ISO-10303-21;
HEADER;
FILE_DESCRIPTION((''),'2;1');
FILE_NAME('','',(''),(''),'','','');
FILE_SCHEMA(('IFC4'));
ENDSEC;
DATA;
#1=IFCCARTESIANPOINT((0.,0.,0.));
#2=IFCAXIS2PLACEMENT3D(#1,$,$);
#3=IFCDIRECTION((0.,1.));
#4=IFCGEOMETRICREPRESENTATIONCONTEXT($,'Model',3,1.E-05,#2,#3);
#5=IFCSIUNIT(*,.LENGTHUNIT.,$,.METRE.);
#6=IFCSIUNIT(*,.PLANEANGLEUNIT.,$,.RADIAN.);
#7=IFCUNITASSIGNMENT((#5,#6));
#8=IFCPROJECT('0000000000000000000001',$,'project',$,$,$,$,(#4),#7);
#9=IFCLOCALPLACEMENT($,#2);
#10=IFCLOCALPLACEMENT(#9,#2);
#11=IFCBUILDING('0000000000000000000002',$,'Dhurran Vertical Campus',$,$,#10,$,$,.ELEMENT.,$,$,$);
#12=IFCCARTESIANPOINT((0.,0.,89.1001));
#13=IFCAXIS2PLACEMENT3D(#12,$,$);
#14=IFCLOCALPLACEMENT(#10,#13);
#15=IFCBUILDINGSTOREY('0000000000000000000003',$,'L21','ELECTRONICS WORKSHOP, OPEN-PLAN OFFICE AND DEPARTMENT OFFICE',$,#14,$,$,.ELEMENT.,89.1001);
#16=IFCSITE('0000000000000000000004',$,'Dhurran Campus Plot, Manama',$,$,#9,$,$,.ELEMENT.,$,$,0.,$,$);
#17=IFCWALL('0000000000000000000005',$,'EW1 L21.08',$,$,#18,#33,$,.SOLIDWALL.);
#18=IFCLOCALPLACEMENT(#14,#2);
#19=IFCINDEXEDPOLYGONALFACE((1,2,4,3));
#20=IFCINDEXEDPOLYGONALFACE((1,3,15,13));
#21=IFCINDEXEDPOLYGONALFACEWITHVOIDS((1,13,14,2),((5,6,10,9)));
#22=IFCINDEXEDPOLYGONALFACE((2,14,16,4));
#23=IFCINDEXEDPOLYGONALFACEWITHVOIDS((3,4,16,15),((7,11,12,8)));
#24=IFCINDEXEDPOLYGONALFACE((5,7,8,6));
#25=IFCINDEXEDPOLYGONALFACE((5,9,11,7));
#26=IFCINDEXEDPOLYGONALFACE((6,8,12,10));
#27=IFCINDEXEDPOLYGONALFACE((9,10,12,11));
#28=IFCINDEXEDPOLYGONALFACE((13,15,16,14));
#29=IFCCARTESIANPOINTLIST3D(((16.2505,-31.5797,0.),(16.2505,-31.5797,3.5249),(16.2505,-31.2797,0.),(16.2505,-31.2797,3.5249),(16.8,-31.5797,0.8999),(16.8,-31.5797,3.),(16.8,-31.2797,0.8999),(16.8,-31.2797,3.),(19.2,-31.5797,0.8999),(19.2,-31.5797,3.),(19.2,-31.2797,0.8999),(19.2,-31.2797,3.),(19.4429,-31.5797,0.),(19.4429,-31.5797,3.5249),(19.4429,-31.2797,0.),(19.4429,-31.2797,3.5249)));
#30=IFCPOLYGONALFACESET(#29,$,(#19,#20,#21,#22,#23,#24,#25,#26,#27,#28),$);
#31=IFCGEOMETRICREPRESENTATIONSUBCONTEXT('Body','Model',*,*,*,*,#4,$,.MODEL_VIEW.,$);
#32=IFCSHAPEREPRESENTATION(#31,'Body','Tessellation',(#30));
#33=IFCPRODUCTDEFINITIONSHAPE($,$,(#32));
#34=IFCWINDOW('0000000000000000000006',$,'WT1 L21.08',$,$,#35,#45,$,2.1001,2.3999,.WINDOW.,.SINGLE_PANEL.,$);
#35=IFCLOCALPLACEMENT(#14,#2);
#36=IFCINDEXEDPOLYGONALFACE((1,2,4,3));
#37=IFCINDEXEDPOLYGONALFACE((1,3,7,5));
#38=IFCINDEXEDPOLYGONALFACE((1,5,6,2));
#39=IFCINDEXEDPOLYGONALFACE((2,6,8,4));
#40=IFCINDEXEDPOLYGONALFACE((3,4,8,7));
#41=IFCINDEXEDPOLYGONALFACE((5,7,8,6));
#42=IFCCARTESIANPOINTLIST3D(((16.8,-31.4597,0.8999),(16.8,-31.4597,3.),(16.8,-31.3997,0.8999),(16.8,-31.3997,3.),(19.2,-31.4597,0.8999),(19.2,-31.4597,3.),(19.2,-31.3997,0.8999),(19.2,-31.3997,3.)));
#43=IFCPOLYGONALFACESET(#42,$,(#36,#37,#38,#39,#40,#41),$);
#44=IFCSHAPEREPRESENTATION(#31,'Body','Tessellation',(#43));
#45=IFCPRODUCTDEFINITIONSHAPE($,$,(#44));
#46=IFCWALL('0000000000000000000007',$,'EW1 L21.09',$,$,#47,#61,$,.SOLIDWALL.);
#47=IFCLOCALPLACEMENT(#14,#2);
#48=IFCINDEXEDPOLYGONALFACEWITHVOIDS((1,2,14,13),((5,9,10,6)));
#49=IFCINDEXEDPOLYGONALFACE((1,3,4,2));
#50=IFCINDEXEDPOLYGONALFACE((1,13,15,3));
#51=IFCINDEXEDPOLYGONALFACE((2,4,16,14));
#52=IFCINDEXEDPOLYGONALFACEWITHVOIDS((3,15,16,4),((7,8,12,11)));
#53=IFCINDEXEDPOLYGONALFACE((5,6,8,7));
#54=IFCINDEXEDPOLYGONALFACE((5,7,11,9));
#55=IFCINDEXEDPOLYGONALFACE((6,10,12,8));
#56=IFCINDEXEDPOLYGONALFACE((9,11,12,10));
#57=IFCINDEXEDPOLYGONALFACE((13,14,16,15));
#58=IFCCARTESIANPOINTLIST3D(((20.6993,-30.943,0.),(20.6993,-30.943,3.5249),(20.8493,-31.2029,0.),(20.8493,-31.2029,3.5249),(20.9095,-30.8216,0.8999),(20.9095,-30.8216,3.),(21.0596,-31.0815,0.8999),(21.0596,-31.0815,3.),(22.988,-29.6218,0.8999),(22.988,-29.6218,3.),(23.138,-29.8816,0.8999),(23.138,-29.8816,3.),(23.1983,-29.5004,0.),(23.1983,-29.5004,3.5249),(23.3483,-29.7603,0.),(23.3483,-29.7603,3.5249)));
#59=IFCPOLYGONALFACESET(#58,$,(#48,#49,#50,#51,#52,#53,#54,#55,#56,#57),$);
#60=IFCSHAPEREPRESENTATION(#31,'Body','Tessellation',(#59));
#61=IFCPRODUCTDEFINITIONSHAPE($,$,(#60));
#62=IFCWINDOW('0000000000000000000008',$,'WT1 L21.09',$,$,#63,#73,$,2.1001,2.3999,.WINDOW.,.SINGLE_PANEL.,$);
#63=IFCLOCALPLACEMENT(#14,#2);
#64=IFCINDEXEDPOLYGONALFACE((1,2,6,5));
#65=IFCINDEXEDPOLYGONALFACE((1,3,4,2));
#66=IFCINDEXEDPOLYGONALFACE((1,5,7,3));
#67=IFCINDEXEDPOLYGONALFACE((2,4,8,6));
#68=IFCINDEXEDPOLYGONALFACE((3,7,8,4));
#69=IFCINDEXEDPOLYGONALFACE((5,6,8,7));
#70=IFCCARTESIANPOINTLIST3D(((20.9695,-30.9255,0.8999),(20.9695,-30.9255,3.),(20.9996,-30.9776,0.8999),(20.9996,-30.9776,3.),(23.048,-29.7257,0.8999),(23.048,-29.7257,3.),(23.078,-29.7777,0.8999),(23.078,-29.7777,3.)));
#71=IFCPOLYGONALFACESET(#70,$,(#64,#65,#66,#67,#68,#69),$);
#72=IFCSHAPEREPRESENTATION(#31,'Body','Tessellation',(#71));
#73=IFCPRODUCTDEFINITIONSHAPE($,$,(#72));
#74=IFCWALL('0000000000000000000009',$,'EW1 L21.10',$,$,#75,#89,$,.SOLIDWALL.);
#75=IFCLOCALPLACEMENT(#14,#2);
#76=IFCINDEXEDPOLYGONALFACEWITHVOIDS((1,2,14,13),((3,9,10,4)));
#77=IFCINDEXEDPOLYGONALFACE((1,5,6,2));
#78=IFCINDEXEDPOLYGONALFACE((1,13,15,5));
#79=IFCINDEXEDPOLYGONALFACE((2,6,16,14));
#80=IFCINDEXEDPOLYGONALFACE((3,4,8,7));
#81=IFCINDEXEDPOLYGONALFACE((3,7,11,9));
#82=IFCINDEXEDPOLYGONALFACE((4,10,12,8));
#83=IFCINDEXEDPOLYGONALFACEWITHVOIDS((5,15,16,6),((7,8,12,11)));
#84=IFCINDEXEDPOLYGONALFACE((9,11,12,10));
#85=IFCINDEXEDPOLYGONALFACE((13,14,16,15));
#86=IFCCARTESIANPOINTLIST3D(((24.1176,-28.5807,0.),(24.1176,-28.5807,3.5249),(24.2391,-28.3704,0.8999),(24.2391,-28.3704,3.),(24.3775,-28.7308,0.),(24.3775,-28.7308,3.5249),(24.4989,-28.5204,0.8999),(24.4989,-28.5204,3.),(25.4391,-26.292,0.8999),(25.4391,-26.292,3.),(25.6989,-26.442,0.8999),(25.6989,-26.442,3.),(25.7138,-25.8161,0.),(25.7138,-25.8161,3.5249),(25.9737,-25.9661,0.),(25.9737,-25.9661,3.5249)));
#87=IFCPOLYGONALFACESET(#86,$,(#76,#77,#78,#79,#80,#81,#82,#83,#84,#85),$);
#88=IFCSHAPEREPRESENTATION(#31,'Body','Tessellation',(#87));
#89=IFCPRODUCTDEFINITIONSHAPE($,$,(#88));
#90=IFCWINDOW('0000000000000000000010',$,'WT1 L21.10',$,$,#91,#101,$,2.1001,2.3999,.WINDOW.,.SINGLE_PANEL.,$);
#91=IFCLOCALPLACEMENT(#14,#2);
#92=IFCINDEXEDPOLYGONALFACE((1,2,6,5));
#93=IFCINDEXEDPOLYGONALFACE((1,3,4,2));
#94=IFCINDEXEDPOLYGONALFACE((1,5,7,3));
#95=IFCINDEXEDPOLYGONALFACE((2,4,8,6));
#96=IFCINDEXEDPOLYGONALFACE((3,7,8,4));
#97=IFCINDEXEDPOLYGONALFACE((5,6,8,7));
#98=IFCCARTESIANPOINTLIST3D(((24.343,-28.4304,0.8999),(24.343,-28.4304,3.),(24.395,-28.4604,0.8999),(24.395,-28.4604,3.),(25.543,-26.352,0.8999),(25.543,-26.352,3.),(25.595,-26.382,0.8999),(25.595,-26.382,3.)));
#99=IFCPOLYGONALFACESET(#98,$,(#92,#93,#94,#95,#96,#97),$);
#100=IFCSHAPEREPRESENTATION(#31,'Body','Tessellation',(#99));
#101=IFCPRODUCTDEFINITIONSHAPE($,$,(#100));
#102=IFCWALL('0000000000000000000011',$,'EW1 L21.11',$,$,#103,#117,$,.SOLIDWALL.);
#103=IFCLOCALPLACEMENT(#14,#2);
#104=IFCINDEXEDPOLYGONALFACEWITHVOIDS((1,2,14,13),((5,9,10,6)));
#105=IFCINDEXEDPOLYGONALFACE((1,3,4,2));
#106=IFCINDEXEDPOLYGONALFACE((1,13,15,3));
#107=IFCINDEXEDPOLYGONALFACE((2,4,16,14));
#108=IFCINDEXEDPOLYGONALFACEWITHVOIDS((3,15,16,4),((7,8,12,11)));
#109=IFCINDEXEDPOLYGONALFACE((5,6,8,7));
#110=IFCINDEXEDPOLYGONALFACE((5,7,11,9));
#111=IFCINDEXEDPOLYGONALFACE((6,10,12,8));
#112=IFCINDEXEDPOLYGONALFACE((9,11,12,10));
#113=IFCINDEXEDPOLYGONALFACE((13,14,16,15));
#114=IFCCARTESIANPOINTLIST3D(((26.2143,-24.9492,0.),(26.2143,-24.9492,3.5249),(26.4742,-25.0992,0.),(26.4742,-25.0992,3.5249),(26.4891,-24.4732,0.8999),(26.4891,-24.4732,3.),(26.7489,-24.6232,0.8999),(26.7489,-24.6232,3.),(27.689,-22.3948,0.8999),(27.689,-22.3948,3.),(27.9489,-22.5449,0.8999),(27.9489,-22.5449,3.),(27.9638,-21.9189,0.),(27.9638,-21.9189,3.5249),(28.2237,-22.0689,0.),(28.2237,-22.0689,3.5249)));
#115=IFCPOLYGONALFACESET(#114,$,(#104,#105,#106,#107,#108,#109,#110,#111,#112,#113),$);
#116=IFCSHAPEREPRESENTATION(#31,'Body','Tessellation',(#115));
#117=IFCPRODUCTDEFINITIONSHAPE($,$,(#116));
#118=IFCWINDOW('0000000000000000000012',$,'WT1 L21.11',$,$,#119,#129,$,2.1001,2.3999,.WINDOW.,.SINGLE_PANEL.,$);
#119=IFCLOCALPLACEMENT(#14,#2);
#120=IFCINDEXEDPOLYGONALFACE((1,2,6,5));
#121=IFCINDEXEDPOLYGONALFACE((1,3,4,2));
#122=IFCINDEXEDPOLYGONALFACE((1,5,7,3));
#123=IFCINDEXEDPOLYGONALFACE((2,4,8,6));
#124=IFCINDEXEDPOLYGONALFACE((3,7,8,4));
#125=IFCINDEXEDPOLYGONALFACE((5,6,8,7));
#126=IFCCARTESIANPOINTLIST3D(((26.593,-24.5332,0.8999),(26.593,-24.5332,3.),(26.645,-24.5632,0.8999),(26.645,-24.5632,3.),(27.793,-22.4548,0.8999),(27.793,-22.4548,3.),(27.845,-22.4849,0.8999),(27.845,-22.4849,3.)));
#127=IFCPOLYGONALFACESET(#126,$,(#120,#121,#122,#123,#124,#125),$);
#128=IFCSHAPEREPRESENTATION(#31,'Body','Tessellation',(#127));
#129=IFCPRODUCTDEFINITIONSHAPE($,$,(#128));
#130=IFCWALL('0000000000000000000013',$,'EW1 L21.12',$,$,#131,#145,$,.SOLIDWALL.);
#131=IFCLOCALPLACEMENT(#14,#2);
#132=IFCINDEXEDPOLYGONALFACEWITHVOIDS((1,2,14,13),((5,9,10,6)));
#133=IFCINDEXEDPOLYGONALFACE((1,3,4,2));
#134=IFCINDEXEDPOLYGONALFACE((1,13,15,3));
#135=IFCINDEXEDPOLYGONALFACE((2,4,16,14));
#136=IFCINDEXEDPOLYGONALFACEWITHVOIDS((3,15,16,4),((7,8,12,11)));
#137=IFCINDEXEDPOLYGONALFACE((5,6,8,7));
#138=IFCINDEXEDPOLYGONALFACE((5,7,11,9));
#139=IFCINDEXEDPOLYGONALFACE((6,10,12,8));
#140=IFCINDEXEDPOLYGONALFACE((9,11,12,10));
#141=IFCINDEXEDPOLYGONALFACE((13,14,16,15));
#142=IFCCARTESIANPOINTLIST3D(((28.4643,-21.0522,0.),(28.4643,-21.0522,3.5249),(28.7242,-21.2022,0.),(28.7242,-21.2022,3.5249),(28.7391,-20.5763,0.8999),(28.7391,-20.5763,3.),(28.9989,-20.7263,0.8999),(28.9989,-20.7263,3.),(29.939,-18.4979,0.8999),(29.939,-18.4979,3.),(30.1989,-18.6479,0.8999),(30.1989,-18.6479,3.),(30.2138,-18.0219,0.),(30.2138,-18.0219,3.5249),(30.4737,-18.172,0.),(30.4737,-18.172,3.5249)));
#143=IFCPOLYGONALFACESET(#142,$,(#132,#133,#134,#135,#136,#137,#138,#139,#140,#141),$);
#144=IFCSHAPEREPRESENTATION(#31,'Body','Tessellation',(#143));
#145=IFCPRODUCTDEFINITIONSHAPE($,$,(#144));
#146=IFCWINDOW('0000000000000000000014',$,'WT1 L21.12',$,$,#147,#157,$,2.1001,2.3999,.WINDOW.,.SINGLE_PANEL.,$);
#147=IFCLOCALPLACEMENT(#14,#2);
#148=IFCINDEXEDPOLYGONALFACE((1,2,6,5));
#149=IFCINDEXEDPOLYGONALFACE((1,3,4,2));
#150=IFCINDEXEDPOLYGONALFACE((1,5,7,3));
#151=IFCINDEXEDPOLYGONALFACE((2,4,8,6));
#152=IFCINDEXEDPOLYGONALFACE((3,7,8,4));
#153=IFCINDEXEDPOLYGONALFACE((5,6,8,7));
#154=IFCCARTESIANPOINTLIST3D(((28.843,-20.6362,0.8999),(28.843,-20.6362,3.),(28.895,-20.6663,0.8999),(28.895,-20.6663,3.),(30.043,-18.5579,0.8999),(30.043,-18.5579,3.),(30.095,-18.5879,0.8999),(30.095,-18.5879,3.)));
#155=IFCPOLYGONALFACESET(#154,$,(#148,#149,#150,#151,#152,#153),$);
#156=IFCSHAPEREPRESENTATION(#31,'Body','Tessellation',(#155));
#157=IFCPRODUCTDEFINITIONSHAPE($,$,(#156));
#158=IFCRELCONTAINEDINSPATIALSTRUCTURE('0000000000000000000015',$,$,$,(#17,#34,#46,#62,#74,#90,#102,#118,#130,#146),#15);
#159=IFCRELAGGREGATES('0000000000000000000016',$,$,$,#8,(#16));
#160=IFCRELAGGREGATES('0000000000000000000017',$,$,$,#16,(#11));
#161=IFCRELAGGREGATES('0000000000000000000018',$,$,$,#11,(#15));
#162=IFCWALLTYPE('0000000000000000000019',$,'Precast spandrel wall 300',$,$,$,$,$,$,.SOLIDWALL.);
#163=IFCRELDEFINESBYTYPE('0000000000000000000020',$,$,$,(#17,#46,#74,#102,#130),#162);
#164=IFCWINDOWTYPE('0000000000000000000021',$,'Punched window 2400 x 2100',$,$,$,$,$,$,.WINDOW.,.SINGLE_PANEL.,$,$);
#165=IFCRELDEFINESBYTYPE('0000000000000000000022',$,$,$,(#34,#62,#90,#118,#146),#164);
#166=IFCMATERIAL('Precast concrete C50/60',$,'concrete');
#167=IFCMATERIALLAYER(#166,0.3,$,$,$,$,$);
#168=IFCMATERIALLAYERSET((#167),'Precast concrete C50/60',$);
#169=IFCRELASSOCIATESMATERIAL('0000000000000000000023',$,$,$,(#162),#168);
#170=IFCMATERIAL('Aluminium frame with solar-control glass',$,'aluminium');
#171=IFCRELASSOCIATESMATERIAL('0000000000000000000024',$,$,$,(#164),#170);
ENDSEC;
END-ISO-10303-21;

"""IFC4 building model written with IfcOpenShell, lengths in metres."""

from ifc_helpers import new_model, si_unit, direction, frame, frame_2d, origin, place, context, subcontext, project, spatial, rectangle, extrude, material, layer, layer_set, type_object, element, fill, save


model = new_model("IFC4")

# Units and contexts
model_context = context("Model", 3, precision=1e-05, world=origin(), true_north=direction((0.0, 1.0)))
body_context = subcontext(model_context, "Body", "Model", "MODEL_VIEW")
ifc_project = project(units=[si_unit("LENGTHUNIT", "METRE"), si_unit("PLANEANGLEUNIT", "RADIAN")], contexts=[model_context])

# Site, building, storey
site_placement = place(None, origin())
site = spatial("IfcSite", under=ifc_project, at=site_placement, Name="Dhurran Campus Plot, Manama", CompositionType="ELEMENT", RefElevation=0.0)
building_placement = place(site_placement, origin())
building = spatial("IfcBuilding", under=site, at=building_placement, Name="Dhurran Vertical Campus", CompositionType="ELEMENT")
storey_placement = place(building_placement, frame((0.0, 0.0, 89.1001)))
storey = spatial("IfcBuildingStorey", under=building, at=storey_placement, Name="L21", Description="ELECTRONICS WORKSHOP, OPEN-PLAN OFFICE AND DEPARTMENT OFFICE", CompositionType="ELEMENT", Elevation=89.1001)

# Walls, openings, windows
ifc_material_1 = material(Name="Precast concrete C50/60", Category="concrete")
ifc_layer_1 = layer(ifc_material_1, 0.3)
ifc_layer_set_1 = layer_set([ifc_layer_1], Name="Precast concrete C50/60")
wall_type_1 = type_object("IfcWallType", Name="Precast spandrel wall 300", PredefinedType="SOLIDWALL", material=ifc_layer_set_1)
wall_1_placement = place(storey_placement, frame((16.2505, -31.4297, 0.0), z_axis=(0.0, 0.0, 1.0), x_axis=(1.0, 0.0, 0.0)))
wall_1 = element("IfcWall", 1, at=wall_1_placement, inside=storey, type_object=wall_type_1, Name="EW1 L21.08", PredefinedType="SOLIDWALL", context=body_context, shape_type="SweptSolid", body=[
    extrude(rectangle(XDim=3.1924, YDim=0.3, at=frame_2d((1.5962, 0.0))), origin(), (0.0, 0.0, 1.0), 3.5249),
])
opening_1_placement = place(wall_1_placement, frame((0.5496, 0.0, 0.8999)))
opening_1 = element("IfcOpeningElement", 2, at=opening_1_placement, cuts=wall_1, PredefinedType="OPENING", context=body_context, shape_type="SweptSolid", body=[
    extrude(rectangle(XDim=2.3999, YDim=2.1001, at=frame_2d((1.2, 1.05))), frame((0.0, 0.1599, 0.0), z_axis=(0.0, -1.0, 0.0), x_axis=(1.0, 0.0, 0.0)), (0.0, 0.0, 1.0), 0.3201),
])
ifc_material_2 = material(Name="Aluminium frame with solar-control glass", Category="aluminium")
window_type = type_object("IfcWindowType", Name="Punched window 2400 x 2100", PartitioningType="SINGLE_PANEL", PredefinedType="WINDOW", material=ifc_material_2)
window_1_placement = place(opening_1_placement, origin())
window_1 = element("IfcWindow", 3, at=window_1_placement, inside=storey, type_object=window_type, Name="WT1 L21.08", OverallHeight=2.1001, OverallWidth=2.3999, PartitioningType="SINGLE_PANEL", PredefinedType="WINDOW", context=body_context, shape_type="SweptSolid", body=[
    extrude(rectangle(XDim=2.3999, YDim=2.1001, at=frame_2d((1.2, 1.05))), frame((0.0, 0.03, 0.0), z_axis=(0.0, -1.0, 0.0), x_axis=(1.0, 0.0, 0.0)), (0.0, 0.0, 1.0), 0.0601),
])
fill(opening_1, window_1)
wall_2_placement = place(storey_placement, frame((20.7742, -31.073, 0.0), z_axis=(0.0, 0.0, 1.0), x_axis=(0.866053, 0.499952, 0.0)))
wall_2 = element("IfcWall", 4, at=wall_2_placement, inside=storey, type_object=wall_type_1, Name="EW1 L21.09", PredefinedType="SOLIDWALL", context=body_context, shape_type="SweptSolid", body=[
    extrude(rectangle(XDim=2.8855, YDim=0.3, at=frame_2d((1.4429, 0.0))), origin(), (0.0, 0.0, 1.0), 3.5249),
])
opening_2_placement = place(wall_2_placement, frame((0.2429, 0.0, 0.8999)))
opening_2 = element("IfcOpeningElement", 5, at=opening_2_placement, cuts=wall_2, PredefinedType="OPENING", context=body_context, shape_type="SweptSolid", body=[
    extrude(rectangle(XDim=2.3999, YDim=2.1001, at=frame_2d((1.2, 1.05))), frame((0.0, 0.1599, 0.0), z_axis=(0.0, -1.0, 0.0), x_axis=(1.0, 0.0, 0.0)), (0.0, 0.0, 1.0), 0.3201),
])
window_2_placement = place(opening_2_placement, origin())
window_2 = element("IfcWindow", 6, at=window_2_placement, inside=storey, type_object=window_type, Name="WT1 L21.09", OverallHeight=2.1001, OverallWidth=2.3999, PartitioningType="SINGLE_PANEL", PredefinedType="WINDOW", context=body_context, shape_type="SweptSolid", body=[
    extrude(rectangle(XDim=2.3999, YDim=2.1001, at=frame_2d((1.2, 1.05))), frame((0.0, 0.03, 0.0), z_axis=(0.0, -1.0, 0.0), x_axis=(1.0, 0.0, 0.0)), (0.0, 0.0, 1.0), 0.0601),
])
fill(opening_2, window_2)
wall_3_placement = place(storey_placement, frame((24.2476, -28.6558, 0.0), z_axis=(0.0, 0.0, 1.0), x_axis=(0.500005, 0.866023, 0.0)))
wall_3 = element("IfcWall", 7, at=wall_3_placement, inside=storey, type_object=wall_type_1, Name="EW1 L21.10", PredefinedType="SOLIDWALL", context=body_context, shape_type="SweptSolid", body=[
    extrude(rectangle(XDim=3.1924, YDim=0.3, at=frame_2d((1.5962, 0.0))), origin(), (0.0, 0.0, 1.0), 3.5249),
])
opening_3_placement = place(wall_3_placement, frame((0.2429, 0.0, 0.8999)))
opening_3 = element("IfcOpeningElement", 8, at=opening_3_placement, cuts=wall_3, PredefinedType="OPENING", context=body_context, shape_type="SweptSolid", body=[
    extrude(rectangle(XDim=2.3999, YDim=2.1001, at=frame_2d((1.2, 1.05))), frame((0.0, 0.1599, 0.0), z_axis=(0.0, -1.0, 0.0), x_axis=(1.0, 0.0, 0.0)), (0.0, 0.0, 1.0), 0.3201),
])
window_3_placement = place(opening_3_placement, origin())
window_3 = element("IfcWindow", 9, at=window_3_placement, inside=storey, type_object=window_type, Name="WT1 L21.10", OverallHeight=2.1001, OverallWidth=2.3999, PartitioningType="SINGLE_PANEL", PredefinedType="WINDOW", context=body_context, shape_type="SweptSolid", body=[
    extrude(rectangle(XDim=2.3999, YDim=2.1001, at=frame_2d((1.2, 1.05))), frame((0.0, 0.03, 0.0), z_axis=(0.0, -1.0, 0.0), x_axis=(1.0, 0.0, 0.0)), (0.0, 0.0, 1.0), 0.0601),
])
fill(opening_3, window_3)
wall_4_placement = place(storey_placement, frame((26.3442, -25.0242, 0.0), z_axis=(0.0, 0.0, 1.0), x_axis=(0.499996, 0.866028, 0.0)))
wall_4 = element("IfcWall", 10, at=wall_4_placement, inside=storey, type_object=wall_type_1, Name="EW1 L21.11", PredefinedType="SOLIDWALL", context=body_context, shape_type="SweptSolid", body=[
    extrude(rectangle(XDim=3.499, YDim=0.3, at=frame_2d((1.7495, 0.0))), origin(), (0.0, 0.0, 1.0), 3.5249),
])
opening_4_placement = place(wall_4_placement, frame((0.5496, 0.0, 0.8999)))
opening_4 = element("IfcOpeningElement", 11, at=opening_4_placement, cuts=wall_4, PredefinedType="OPENING", context=body_context, shape_type="SweptSolid", body=[
    extrude(rectangle(XDim=2.3999, YDim=2.1001, at=frame_2d((1.2, 1.05))), frame((0.0, 0.1599, 0.0), z_axis=(0.0, -1.0, 0.0), x_axis=(1.0, 0.0, 0.0)), (0.0, 0.0, 1.0), 0.3201),
])
window_4_placement = place(opening_4_placement, origin())
window_4 = element("IfcWindow", 12, at=window_4_placement, inside=storey, type_object=window_type, Name="WT1 L21.11", OverallHeight=2.1001, OverallWidth=2.3999, PartitioningType="SINGLE_PANEL", PredefinedType="WINDOW", context=body_context, shape_type="SweptSolid", body=[
    extrude(rectangle(XDim=2.3999, YDim=2.1001, at=frame_2d((1.2, 1.05))), frame((0.0, 0.03, 0.0), z_axis=(0.0, -1.0, 0.0), x_axis=(1.0, 0.0, 0.0)), (0.0, 0.0, 1.0), 0.0601),
])
fill(opening_4, window_4)
wall_5_placement = place(storey_placement, frame((28.5942, -21.1272, 0.0), z_axis=(0.0, 0.0, 1.0), x_axis=(0.499996, 0.866028, 0.0)))
wall_5 = element("IfcWall", 13, at=wall_5_placement, inside=storey, type_object=wall_type_1, Name="EW1 L21.12", PredefinedType="SOLIDWALL", context=body_context, shape_type="SweptSolid", body=[
    extrude(rectangle(XDim=3.499, YDim=0.3, at=frame_2d((1.7495, 0.0))), origin(), (0.0, 0.0, 1.0), 3.5249),
])
opening_5_placement = place(wall_5_placement, frame((0.5496, 0.0, 0.8999)))
opening_5 = element("IfcOpeningElement", 14, at=opening_5_placement, cuts=wall_5, PredefinedType="OPENING", context=body_context, shape_type="SweptSolid", body=[
    extrude(rectangle(XDim=2.3999, YDim=2.1001, at=frame_2d((1.2, 1.05))), frame((0.0, 0.1599, 0.0), z_axis=(0.0, -1.0, 0.0), x_axis=(1.0, 0.0, 0.0)), (0.0, 0.0, 1.0), 0.3201),
])
window_5_placement = place(opening_5_placement, origin())
window_5 = element("IfcWindow", 15, at=window_5_placement, inside=storey, type_object=window_type, Name="WT1 L21.12", OverallHeight=2.1001, OverallWidth=2.3999, PartitioningType="SINGLE_PANEL", PredefinedType="WINDOW", context=body_context, shape_type="SweptSolid", body=[
    extrude(rectangle(XDim=2.3999, YDim=2.1001, at=frame_2d((1.2, 1.05))), frame((0.0, 0.03, 0.0), z_axis=(0.0, -1.0, 0.0), x_axis=(1.0, 0.0, 0.0)), (0.0, 0.0, 1.0), 0.0601),
])
fill(opening_5, window_5)

save(model, "model.ifc")
